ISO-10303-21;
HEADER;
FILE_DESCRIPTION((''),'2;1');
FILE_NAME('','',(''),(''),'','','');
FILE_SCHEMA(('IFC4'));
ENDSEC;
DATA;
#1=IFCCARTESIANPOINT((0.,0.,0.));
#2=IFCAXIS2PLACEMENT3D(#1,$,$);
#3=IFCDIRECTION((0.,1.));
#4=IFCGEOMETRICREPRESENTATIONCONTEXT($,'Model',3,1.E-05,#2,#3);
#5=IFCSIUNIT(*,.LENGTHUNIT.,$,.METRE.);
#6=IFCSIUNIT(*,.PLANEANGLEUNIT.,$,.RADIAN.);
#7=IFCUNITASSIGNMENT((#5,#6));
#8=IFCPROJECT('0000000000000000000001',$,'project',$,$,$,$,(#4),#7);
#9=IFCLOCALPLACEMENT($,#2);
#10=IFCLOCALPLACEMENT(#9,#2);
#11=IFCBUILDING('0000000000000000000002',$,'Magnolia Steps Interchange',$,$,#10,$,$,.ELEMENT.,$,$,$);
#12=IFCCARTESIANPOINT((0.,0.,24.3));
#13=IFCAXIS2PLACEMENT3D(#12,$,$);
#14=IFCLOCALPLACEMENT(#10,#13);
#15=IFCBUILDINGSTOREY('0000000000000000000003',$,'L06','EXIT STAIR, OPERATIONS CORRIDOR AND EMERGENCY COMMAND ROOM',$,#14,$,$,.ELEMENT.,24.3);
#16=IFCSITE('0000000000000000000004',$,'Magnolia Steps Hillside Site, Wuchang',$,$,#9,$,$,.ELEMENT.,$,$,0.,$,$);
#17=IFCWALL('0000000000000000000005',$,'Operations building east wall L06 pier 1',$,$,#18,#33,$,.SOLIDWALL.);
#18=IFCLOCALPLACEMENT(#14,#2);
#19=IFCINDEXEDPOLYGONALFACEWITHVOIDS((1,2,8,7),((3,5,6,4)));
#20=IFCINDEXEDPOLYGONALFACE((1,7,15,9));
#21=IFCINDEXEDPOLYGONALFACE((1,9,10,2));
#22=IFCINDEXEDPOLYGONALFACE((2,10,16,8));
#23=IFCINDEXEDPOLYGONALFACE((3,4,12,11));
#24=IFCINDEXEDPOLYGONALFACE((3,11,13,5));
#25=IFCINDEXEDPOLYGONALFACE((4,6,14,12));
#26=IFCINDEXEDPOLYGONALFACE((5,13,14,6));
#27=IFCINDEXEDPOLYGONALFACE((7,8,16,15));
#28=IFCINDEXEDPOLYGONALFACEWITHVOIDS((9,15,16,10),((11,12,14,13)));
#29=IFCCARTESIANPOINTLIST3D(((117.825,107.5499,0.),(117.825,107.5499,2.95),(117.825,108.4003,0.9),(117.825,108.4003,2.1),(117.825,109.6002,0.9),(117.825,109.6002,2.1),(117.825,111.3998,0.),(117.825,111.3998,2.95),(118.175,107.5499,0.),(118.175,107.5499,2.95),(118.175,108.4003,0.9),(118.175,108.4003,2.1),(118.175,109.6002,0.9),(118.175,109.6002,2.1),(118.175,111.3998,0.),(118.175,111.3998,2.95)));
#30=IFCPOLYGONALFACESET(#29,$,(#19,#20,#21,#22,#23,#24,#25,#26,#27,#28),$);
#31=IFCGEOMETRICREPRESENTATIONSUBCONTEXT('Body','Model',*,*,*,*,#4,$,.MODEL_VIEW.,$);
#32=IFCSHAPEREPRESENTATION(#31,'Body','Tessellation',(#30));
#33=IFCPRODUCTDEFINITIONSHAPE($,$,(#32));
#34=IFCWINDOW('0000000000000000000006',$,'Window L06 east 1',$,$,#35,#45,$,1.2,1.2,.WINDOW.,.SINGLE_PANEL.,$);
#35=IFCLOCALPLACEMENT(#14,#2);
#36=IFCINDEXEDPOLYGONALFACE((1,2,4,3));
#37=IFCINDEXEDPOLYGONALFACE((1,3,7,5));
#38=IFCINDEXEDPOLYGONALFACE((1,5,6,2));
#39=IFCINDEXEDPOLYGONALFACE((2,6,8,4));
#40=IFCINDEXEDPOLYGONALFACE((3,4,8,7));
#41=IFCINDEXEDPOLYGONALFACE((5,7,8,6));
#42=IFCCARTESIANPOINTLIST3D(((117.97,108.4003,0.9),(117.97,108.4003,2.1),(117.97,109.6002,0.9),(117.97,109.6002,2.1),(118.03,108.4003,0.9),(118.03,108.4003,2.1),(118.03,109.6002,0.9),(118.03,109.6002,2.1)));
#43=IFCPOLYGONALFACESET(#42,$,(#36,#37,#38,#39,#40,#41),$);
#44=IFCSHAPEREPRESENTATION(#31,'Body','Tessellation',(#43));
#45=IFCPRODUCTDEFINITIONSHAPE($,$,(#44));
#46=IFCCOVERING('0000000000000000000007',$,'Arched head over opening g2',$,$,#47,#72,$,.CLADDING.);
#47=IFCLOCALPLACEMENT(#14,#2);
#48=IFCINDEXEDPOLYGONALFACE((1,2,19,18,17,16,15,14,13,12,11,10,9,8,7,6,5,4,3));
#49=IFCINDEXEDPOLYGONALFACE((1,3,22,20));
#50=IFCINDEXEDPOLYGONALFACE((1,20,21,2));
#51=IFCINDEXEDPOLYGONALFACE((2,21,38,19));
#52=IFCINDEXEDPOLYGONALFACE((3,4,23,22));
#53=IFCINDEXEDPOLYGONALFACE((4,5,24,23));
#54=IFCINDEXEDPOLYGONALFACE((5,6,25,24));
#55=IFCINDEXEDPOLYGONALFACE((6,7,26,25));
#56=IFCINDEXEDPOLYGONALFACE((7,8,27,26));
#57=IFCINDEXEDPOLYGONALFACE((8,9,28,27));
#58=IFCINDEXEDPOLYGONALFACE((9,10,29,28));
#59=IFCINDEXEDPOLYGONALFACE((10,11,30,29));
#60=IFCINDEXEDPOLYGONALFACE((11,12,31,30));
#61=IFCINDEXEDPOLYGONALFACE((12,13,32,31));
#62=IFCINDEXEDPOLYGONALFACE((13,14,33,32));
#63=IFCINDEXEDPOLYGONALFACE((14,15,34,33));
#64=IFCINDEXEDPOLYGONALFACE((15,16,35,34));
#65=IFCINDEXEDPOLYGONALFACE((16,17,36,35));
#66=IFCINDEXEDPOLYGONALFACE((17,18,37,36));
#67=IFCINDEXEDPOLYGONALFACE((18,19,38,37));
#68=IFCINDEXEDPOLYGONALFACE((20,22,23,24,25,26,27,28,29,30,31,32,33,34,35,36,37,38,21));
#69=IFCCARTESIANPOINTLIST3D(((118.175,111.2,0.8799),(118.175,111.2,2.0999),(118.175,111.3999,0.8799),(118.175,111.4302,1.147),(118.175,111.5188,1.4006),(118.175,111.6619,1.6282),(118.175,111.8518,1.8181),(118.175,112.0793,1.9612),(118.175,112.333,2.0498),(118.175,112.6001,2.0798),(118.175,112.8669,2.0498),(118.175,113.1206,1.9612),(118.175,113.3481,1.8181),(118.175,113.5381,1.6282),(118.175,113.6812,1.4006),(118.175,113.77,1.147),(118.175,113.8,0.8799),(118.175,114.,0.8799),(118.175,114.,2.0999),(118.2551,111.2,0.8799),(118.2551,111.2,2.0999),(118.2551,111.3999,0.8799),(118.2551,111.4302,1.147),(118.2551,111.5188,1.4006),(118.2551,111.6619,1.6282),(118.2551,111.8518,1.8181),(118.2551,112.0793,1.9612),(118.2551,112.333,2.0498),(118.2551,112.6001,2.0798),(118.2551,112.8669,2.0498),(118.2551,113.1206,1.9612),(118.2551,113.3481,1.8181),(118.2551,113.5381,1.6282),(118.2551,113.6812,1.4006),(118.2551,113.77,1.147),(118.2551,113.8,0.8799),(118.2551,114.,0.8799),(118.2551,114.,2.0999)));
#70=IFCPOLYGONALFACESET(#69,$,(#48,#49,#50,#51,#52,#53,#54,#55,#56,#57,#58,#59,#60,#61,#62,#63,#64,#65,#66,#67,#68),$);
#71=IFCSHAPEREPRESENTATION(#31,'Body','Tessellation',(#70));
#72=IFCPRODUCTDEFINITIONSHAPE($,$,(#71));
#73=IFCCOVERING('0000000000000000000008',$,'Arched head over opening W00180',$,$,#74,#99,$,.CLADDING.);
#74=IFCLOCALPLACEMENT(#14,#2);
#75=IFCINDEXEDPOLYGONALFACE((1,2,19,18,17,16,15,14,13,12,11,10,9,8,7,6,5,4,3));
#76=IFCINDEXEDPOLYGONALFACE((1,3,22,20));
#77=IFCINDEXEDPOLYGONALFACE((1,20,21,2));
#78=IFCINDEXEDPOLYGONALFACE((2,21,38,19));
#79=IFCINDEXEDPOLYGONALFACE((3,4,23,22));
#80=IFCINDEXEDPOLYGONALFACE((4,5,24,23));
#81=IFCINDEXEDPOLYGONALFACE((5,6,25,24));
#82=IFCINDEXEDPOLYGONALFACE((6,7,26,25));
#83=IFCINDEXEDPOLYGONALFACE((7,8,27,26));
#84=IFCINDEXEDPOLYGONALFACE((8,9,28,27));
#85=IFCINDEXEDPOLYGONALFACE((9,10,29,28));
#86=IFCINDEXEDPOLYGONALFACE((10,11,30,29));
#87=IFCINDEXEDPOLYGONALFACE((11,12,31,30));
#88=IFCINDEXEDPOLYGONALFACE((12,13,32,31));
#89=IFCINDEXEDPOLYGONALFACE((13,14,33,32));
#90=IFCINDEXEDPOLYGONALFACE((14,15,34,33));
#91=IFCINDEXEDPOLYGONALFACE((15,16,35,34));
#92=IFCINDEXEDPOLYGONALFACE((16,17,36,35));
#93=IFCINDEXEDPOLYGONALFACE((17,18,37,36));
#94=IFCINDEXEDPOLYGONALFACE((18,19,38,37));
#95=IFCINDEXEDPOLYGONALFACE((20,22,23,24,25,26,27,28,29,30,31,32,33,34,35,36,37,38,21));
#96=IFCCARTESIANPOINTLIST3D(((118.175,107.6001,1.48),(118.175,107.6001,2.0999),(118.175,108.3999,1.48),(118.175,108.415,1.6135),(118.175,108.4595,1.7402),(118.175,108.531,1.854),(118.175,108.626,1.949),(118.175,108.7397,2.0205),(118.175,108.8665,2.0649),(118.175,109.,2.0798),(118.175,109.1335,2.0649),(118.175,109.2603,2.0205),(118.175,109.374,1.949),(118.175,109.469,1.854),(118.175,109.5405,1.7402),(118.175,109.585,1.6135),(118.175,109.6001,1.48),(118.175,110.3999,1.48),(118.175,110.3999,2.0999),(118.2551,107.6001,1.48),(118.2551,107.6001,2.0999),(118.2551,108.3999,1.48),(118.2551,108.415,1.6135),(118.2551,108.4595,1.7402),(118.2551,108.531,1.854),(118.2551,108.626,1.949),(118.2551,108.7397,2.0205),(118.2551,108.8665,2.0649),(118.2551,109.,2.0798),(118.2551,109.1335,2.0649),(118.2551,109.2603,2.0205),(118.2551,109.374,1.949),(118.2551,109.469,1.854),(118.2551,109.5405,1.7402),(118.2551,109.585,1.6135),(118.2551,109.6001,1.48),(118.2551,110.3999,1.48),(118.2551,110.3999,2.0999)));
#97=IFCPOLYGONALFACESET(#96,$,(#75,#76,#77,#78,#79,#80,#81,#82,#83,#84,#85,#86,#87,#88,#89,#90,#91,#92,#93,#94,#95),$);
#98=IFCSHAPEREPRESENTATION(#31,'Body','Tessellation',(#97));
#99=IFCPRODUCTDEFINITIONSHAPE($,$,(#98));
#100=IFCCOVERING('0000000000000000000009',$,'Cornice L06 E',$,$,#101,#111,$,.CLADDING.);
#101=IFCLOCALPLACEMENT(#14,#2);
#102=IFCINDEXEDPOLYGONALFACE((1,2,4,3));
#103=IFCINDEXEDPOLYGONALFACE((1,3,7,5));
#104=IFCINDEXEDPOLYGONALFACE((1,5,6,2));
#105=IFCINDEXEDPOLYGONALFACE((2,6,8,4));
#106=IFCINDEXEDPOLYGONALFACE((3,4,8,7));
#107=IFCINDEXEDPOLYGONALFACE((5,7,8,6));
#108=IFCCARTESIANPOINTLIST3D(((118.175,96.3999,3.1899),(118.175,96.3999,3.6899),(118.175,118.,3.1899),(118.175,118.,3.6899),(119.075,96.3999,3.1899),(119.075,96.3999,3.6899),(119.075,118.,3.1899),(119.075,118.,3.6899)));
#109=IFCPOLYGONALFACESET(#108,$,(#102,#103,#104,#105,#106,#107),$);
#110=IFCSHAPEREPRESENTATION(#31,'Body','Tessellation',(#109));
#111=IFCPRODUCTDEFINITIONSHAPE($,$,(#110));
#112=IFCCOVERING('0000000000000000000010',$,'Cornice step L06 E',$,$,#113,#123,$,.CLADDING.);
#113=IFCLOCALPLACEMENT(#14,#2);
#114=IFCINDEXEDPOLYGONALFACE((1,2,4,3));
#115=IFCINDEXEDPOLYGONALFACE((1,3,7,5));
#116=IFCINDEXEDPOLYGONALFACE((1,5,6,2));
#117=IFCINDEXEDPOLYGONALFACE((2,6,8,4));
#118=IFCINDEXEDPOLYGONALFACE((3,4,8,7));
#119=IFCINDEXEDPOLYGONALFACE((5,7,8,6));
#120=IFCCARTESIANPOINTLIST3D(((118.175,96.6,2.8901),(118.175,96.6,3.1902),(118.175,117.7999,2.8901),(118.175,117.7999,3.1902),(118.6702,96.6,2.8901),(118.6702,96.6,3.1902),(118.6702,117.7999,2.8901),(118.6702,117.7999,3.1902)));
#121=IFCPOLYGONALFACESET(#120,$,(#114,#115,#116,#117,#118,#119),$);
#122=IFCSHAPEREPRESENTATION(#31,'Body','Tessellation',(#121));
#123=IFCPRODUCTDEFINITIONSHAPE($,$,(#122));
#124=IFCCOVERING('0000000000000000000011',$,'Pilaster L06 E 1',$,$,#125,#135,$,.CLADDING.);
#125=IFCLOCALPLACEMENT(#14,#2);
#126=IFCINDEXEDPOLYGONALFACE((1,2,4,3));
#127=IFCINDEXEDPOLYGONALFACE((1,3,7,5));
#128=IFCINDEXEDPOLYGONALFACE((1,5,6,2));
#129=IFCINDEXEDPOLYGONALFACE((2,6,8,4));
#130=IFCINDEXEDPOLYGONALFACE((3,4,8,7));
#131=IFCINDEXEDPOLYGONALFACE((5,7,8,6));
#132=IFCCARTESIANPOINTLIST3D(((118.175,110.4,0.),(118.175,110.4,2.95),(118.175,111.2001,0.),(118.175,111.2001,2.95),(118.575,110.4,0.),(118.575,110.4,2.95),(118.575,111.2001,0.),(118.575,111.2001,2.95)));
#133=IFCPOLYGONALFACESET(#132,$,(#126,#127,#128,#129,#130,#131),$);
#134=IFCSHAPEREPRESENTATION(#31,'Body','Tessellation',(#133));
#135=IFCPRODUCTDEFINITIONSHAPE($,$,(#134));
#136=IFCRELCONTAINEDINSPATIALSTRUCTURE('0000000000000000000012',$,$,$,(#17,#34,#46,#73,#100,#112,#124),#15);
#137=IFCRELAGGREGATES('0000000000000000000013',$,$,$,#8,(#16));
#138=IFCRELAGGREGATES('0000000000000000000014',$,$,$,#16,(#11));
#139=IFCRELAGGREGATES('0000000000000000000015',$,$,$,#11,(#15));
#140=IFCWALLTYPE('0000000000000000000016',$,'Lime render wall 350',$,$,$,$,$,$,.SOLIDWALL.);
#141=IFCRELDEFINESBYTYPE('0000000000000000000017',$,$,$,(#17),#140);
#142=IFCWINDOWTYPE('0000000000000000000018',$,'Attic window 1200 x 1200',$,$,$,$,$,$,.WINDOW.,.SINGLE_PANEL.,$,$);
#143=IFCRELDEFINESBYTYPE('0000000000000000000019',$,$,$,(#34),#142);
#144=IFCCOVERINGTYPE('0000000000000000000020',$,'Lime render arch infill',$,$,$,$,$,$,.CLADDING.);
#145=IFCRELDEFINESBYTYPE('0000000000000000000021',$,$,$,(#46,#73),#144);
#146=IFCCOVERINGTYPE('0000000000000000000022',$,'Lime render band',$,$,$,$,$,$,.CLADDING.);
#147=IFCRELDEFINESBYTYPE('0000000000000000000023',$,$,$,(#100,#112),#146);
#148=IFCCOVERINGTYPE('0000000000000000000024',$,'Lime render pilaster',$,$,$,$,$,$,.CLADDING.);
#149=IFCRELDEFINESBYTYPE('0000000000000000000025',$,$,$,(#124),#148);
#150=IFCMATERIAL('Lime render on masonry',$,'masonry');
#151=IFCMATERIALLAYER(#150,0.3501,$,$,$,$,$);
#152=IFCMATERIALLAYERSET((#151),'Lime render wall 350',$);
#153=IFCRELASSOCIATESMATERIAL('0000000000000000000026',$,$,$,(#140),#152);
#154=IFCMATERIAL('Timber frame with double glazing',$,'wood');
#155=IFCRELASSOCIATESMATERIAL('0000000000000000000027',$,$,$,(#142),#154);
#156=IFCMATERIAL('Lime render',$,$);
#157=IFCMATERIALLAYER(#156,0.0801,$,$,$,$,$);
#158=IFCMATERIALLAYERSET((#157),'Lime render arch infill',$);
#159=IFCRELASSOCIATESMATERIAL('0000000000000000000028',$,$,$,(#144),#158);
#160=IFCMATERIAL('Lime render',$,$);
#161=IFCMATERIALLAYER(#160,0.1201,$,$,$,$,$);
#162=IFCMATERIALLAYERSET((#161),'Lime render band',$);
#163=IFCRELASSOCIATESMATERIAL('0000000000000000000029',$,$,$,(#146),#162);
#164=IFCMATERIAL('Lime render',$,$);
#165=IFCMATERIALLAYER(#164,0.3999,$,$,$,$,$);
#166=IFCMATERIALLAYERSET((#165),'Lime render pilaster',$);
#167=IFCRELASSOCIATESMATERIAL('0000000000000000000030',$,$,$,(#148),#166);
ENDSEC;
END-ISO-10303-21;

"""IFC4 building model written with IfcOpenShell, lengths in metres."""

from ifc_helpers import new_model, si_unit, direction, frame, frame_2d, origin, origin_2d, place, context, subcontext, project, spatial, polyline, rectangle, outline, extrude, material, layer, layer_set, type_object, element, fill, save


model = new_model("IFC4")

# Units and contexts
model_context = context("Model", 3, precision=1e-05, world=origin(), true_north=direction((0.0, 1.0)))
body_context = subcontext(model_context, "Body", "Model", "MODEL_VIEW")
ifc_project = project(units=[si_unit("LENGTHUNIT", "METRE"), si_unit("PLANEANGLEUNIT", "RADIAN")], contexts=[model_context])

# Site, building, storey
site_placement = place(None, origin())
site = spatial("IfcSite", under=ifc_project, at=site_placement, Name="Magnolia Steps Hillside Site, Wuchang", CompositionType="ELEMENT", RefElevation=0.0)
building_placement = place(site_placement, origin())
building = spatial("IfcBuilding", under=site, at=building_placement, Name="Magnolia Steps Interchange", CompositionType="ELEMENT")
storey_placement = place(building_placement, frame((0.0, 0.0, 24.3)))
storey = spatial("IfcBuildingStorey", under=building, at=storey_placement, Name="L06", Description="EXIT STAIR, OPERATIONS CORRIDOR AND EMERGENCY COMMAND ROOM", CompositionType="ELEMENT", Elevation=24.3)

# Wall, opening, window
ifc_material_1 = material(Name="Lime render on masonry", Category="masonry")
ifc_layer_1 = layer(ifc_material_1, 0.3501)
ifc_layer_set_1 = layer_set([ifc_layer_1], Name="Lime render wall 350")
wall_type_1 = type_object("IfcWallType", Name="Lime render wall 350", PredefinedType="SOLIDWALL", material=ifc_layer_set_1)
wall_1_placement = place(storey_placement, frame((118.0, 107.55, 0.0), z_axis=(0.0, 0.0, 1.0), x_axis=(0.0, 1.0, 0.0)))
wall_1 = element("IfcWall", 1, at=wall_1_placement, inside=storey, type_object=wall_type_1, Name="Operations building east wall L06 pier 1", PredefinedType="SOLIDWALL", context=body_context, shape_type="SweptSolid", body=[
    extrude(rectangle(XDim=3.8499, YDim=0.3501, at=frame_2d((1.9248, 0.0))), origin(), (0.0, 0.0, 1.0), 2.95),
])
opening_1_placement = place(wall_1_placement, frame((0.8501, 0.0, 0.8999)))
opening_1 = element("IfcOpeningElement", 2, at=opening_1_placement, cuts=wall_1, PredefinedType="OPENING", context=body_context, shape_type="SweptSolid", body=[
    extrude(rectangle(XDim=1.2, YDim=1.2, at=frame_2d((0.6001, 0.6001))), frame((0.0, 0.1851, 0.0), z_axis=(0.0, -1.0, 0.0), x_axis=(1.0, 0.0, 0.0)), (0.0, 0.0, 1.0), 0.3701),
])
ifc_material_2 = material(Name="Timber frame with double glazing", Category="wood")
window_type = type_object("IfcWindowType", Name="Attic window 1200 x 1200", PartitioningType="SINGLE_PANEL", PredefinedType="WINDOW", material=ifc_material_2)
window_placement = place(opening_1_placement, origin())
window = element("IfcWindow", 3, at=window_placement, inside=storey, type_object=window_type, Name="Window L06 east 1", OverallHeight=1.2, OverallWidth=1.2, PartitioningType="SINGLE_PANEL", PredefinedType="WINDOW", context=body_context, shape_type="SweptSolid", body=[
    extrude(rectangle(XDim=1.2, YDim=1.2, at=frame_2d((0.6001, 0.6001))), frame((0.0, 0.03, 0.0), z_axis=(0.0, -1.0, 0.0), x_axis=(1.0, 0.0, 0.0)), (0.0, 0.0, 1.0), 0.0601),
])
fill(opening_1, window)

# Coverings
ifc_material_3 = material(Name="Lime render")
ifc_layer_2 = layer(ifc_material_3, 0.0801)
ifc_layer_set_2 = layer_set([ifc_layer_2], Name="Lime render arch infill")
covering_type_1 = type_object("IfcCoveringType", Name="Lime render arch infill", PredefinedType="CLADDING", material=ifc_layer_set_2)
covering_1_placement = place(storey_placement, frame((118.175, 111.2, 0.8799), z_axis=(-1.0, 0.0, 0.0), x_axis=(0.0, 0.0, 1.0)))
element("IfcCovering", 4, at=covering_1_placement, inside=storey, type_object=covering_type_1, Name="Arched head over opening g2", PredefinedType="CLADDING", context=body_context, shape_type="SweptSolid", body=[
    extrude(outline(polyline([(0.0, 0.0), (1.22, 0.0), (1.22, 2.8), (0.0, 2.8), (0.0, 2.6001), (0.2671, 2.5701), (0.5208, 2.4812), (0.7483, 2.3381), (0.9382, 2.1482), (1.0813, 1.9207), (1.1699, 1.667), (1.2, 1.4001), (1.1699, 1.1331), (1.0813, 0.8794), (0.9382, 0.6519), (0.7483, 0.4619), (0.5208, 0.3188), (0.2671, 0.2302), (0.0, 0.2), (0.0, 0.0)])), origin(), (0.0, 0.0, -1.0), 0.0801),
])
covering_2_placement = place(storey_placement, frame((118.175, 107.6001, 1.48), z_axis=(-1.0, 0.0, 0.0), x_axis=(0.0, 0.0, 1.0)))
element("IfcCovering", 5, at=covering_2_placement, inside=storey, type_object=covering_type_1, Name="Arched head over opening W00180", PredefinedType="CLADDING", context=body_context, shape_type="SweptSolid", body=[
    extrude(outline(polyline([(0.0, 0.0), (0.6199, 0.0), (0.6199, 2.7998), (0.0, 2.7998), (0.0, 2.0), (0.1335, 1.9849), (0.2603, 1.9404), (0.374, 1.8689), (0.469, 1.7739), (0.5405, 1.6602), (0.585, 1.5334), (0.5999, 1.3999), (0.585, 1.2664), (0.5405, 1.1396), (0.469, 1.0259), (0.374, 0.9309), (0.2603, 0.8594), (0.1335, 0.8149), (0.0, 0.7998), (0.0, 0.0)])), origin(), (0.0, 0.0, -1.0), 0.0801),
])
ifc_material_4 = material(Name="Lime render")
ifc_layer_3 = layer(ifc_material_4, 0.1201)
ifc_layer_set_3 = layer_set([ifc_layer_3], Name="Lime render band")
covering_type_2 = type_object("IfcCoveringType", Name="Lime render band", PredefinedType="CLADDING", material=ifc_layer_set_3)
covering_3_placement = place(storey_placement, frame((118.625, 107.2, 3.1899), z_axis=(0.0, 0.0, 1.0), x_axis=(1.0, 0.0, 0.0)))
element("IfcCovering", 6, at=covering_3_placement, inside=storey, type_object=covering_type_2, Name="Cornice L06 E", PredefinedType="CLADDING", context=body_context, shape_type="SweptSolid", body=[
    extrude(rectangle(XDim=0.8999, YDim=21.6001, at=origin_2d()), origin(), (0.0, 0.0, 1.0), 0.5),
])
covering_4_placement = place(storey_placement, frame((118.4226, 107.2, 2.8901), z_axis=(0.0, 0.0, 1.0), x_axis=(1.0, 0.0, 0.0)))
element("IfcCovering", 7, at=covering_4_placement, inside=storey, type_object=covering_type_2, Name="Cornice step L06 E", PredefinedType="CLADDING", context=body_context, shape_type="SweptSolid", body=[
    extrude(rectangle(XDim=0.4951, YDim=21.2, at=origin_2d()), origin(), (0.0, 0.0, 1.0), 0.3),
])
ifc_material_5 = material(Name="Lime render")
ifc_layer_4 = layer(ifc_material_5, 0.3999)
ifc_layer_set_4 = layer_set([ifc_layer_4], Name="Lime render pilaster")
covering_type_3 = type_object("IfcCoveringType", Name="Lime render pilaster", PredefinedType="CLADDING", material=ifc_layer_set_4)
covering_5_placement = place(storey_placement, frame((118.375, 110.8, 0.0), z_axis=(0.0, 0.0, 1.0), x_axis=(1.0, 0.0, 0.0)))
element("IfcCovering", 8, at=covering_5_placement, inside=storey, type_object=covering_type_3, Name="Pilaster L06 E 1", PredefinedType="CLADDING", context=body_context, shape_type="SweptSolid", body=[
    extrude(rectangle(XDim=0.3999, YDim=0.8, at=origin_2d()), origin(), (0.0, 0.0, 1.0), 2.95),
])

save(model, "model.ifc")
